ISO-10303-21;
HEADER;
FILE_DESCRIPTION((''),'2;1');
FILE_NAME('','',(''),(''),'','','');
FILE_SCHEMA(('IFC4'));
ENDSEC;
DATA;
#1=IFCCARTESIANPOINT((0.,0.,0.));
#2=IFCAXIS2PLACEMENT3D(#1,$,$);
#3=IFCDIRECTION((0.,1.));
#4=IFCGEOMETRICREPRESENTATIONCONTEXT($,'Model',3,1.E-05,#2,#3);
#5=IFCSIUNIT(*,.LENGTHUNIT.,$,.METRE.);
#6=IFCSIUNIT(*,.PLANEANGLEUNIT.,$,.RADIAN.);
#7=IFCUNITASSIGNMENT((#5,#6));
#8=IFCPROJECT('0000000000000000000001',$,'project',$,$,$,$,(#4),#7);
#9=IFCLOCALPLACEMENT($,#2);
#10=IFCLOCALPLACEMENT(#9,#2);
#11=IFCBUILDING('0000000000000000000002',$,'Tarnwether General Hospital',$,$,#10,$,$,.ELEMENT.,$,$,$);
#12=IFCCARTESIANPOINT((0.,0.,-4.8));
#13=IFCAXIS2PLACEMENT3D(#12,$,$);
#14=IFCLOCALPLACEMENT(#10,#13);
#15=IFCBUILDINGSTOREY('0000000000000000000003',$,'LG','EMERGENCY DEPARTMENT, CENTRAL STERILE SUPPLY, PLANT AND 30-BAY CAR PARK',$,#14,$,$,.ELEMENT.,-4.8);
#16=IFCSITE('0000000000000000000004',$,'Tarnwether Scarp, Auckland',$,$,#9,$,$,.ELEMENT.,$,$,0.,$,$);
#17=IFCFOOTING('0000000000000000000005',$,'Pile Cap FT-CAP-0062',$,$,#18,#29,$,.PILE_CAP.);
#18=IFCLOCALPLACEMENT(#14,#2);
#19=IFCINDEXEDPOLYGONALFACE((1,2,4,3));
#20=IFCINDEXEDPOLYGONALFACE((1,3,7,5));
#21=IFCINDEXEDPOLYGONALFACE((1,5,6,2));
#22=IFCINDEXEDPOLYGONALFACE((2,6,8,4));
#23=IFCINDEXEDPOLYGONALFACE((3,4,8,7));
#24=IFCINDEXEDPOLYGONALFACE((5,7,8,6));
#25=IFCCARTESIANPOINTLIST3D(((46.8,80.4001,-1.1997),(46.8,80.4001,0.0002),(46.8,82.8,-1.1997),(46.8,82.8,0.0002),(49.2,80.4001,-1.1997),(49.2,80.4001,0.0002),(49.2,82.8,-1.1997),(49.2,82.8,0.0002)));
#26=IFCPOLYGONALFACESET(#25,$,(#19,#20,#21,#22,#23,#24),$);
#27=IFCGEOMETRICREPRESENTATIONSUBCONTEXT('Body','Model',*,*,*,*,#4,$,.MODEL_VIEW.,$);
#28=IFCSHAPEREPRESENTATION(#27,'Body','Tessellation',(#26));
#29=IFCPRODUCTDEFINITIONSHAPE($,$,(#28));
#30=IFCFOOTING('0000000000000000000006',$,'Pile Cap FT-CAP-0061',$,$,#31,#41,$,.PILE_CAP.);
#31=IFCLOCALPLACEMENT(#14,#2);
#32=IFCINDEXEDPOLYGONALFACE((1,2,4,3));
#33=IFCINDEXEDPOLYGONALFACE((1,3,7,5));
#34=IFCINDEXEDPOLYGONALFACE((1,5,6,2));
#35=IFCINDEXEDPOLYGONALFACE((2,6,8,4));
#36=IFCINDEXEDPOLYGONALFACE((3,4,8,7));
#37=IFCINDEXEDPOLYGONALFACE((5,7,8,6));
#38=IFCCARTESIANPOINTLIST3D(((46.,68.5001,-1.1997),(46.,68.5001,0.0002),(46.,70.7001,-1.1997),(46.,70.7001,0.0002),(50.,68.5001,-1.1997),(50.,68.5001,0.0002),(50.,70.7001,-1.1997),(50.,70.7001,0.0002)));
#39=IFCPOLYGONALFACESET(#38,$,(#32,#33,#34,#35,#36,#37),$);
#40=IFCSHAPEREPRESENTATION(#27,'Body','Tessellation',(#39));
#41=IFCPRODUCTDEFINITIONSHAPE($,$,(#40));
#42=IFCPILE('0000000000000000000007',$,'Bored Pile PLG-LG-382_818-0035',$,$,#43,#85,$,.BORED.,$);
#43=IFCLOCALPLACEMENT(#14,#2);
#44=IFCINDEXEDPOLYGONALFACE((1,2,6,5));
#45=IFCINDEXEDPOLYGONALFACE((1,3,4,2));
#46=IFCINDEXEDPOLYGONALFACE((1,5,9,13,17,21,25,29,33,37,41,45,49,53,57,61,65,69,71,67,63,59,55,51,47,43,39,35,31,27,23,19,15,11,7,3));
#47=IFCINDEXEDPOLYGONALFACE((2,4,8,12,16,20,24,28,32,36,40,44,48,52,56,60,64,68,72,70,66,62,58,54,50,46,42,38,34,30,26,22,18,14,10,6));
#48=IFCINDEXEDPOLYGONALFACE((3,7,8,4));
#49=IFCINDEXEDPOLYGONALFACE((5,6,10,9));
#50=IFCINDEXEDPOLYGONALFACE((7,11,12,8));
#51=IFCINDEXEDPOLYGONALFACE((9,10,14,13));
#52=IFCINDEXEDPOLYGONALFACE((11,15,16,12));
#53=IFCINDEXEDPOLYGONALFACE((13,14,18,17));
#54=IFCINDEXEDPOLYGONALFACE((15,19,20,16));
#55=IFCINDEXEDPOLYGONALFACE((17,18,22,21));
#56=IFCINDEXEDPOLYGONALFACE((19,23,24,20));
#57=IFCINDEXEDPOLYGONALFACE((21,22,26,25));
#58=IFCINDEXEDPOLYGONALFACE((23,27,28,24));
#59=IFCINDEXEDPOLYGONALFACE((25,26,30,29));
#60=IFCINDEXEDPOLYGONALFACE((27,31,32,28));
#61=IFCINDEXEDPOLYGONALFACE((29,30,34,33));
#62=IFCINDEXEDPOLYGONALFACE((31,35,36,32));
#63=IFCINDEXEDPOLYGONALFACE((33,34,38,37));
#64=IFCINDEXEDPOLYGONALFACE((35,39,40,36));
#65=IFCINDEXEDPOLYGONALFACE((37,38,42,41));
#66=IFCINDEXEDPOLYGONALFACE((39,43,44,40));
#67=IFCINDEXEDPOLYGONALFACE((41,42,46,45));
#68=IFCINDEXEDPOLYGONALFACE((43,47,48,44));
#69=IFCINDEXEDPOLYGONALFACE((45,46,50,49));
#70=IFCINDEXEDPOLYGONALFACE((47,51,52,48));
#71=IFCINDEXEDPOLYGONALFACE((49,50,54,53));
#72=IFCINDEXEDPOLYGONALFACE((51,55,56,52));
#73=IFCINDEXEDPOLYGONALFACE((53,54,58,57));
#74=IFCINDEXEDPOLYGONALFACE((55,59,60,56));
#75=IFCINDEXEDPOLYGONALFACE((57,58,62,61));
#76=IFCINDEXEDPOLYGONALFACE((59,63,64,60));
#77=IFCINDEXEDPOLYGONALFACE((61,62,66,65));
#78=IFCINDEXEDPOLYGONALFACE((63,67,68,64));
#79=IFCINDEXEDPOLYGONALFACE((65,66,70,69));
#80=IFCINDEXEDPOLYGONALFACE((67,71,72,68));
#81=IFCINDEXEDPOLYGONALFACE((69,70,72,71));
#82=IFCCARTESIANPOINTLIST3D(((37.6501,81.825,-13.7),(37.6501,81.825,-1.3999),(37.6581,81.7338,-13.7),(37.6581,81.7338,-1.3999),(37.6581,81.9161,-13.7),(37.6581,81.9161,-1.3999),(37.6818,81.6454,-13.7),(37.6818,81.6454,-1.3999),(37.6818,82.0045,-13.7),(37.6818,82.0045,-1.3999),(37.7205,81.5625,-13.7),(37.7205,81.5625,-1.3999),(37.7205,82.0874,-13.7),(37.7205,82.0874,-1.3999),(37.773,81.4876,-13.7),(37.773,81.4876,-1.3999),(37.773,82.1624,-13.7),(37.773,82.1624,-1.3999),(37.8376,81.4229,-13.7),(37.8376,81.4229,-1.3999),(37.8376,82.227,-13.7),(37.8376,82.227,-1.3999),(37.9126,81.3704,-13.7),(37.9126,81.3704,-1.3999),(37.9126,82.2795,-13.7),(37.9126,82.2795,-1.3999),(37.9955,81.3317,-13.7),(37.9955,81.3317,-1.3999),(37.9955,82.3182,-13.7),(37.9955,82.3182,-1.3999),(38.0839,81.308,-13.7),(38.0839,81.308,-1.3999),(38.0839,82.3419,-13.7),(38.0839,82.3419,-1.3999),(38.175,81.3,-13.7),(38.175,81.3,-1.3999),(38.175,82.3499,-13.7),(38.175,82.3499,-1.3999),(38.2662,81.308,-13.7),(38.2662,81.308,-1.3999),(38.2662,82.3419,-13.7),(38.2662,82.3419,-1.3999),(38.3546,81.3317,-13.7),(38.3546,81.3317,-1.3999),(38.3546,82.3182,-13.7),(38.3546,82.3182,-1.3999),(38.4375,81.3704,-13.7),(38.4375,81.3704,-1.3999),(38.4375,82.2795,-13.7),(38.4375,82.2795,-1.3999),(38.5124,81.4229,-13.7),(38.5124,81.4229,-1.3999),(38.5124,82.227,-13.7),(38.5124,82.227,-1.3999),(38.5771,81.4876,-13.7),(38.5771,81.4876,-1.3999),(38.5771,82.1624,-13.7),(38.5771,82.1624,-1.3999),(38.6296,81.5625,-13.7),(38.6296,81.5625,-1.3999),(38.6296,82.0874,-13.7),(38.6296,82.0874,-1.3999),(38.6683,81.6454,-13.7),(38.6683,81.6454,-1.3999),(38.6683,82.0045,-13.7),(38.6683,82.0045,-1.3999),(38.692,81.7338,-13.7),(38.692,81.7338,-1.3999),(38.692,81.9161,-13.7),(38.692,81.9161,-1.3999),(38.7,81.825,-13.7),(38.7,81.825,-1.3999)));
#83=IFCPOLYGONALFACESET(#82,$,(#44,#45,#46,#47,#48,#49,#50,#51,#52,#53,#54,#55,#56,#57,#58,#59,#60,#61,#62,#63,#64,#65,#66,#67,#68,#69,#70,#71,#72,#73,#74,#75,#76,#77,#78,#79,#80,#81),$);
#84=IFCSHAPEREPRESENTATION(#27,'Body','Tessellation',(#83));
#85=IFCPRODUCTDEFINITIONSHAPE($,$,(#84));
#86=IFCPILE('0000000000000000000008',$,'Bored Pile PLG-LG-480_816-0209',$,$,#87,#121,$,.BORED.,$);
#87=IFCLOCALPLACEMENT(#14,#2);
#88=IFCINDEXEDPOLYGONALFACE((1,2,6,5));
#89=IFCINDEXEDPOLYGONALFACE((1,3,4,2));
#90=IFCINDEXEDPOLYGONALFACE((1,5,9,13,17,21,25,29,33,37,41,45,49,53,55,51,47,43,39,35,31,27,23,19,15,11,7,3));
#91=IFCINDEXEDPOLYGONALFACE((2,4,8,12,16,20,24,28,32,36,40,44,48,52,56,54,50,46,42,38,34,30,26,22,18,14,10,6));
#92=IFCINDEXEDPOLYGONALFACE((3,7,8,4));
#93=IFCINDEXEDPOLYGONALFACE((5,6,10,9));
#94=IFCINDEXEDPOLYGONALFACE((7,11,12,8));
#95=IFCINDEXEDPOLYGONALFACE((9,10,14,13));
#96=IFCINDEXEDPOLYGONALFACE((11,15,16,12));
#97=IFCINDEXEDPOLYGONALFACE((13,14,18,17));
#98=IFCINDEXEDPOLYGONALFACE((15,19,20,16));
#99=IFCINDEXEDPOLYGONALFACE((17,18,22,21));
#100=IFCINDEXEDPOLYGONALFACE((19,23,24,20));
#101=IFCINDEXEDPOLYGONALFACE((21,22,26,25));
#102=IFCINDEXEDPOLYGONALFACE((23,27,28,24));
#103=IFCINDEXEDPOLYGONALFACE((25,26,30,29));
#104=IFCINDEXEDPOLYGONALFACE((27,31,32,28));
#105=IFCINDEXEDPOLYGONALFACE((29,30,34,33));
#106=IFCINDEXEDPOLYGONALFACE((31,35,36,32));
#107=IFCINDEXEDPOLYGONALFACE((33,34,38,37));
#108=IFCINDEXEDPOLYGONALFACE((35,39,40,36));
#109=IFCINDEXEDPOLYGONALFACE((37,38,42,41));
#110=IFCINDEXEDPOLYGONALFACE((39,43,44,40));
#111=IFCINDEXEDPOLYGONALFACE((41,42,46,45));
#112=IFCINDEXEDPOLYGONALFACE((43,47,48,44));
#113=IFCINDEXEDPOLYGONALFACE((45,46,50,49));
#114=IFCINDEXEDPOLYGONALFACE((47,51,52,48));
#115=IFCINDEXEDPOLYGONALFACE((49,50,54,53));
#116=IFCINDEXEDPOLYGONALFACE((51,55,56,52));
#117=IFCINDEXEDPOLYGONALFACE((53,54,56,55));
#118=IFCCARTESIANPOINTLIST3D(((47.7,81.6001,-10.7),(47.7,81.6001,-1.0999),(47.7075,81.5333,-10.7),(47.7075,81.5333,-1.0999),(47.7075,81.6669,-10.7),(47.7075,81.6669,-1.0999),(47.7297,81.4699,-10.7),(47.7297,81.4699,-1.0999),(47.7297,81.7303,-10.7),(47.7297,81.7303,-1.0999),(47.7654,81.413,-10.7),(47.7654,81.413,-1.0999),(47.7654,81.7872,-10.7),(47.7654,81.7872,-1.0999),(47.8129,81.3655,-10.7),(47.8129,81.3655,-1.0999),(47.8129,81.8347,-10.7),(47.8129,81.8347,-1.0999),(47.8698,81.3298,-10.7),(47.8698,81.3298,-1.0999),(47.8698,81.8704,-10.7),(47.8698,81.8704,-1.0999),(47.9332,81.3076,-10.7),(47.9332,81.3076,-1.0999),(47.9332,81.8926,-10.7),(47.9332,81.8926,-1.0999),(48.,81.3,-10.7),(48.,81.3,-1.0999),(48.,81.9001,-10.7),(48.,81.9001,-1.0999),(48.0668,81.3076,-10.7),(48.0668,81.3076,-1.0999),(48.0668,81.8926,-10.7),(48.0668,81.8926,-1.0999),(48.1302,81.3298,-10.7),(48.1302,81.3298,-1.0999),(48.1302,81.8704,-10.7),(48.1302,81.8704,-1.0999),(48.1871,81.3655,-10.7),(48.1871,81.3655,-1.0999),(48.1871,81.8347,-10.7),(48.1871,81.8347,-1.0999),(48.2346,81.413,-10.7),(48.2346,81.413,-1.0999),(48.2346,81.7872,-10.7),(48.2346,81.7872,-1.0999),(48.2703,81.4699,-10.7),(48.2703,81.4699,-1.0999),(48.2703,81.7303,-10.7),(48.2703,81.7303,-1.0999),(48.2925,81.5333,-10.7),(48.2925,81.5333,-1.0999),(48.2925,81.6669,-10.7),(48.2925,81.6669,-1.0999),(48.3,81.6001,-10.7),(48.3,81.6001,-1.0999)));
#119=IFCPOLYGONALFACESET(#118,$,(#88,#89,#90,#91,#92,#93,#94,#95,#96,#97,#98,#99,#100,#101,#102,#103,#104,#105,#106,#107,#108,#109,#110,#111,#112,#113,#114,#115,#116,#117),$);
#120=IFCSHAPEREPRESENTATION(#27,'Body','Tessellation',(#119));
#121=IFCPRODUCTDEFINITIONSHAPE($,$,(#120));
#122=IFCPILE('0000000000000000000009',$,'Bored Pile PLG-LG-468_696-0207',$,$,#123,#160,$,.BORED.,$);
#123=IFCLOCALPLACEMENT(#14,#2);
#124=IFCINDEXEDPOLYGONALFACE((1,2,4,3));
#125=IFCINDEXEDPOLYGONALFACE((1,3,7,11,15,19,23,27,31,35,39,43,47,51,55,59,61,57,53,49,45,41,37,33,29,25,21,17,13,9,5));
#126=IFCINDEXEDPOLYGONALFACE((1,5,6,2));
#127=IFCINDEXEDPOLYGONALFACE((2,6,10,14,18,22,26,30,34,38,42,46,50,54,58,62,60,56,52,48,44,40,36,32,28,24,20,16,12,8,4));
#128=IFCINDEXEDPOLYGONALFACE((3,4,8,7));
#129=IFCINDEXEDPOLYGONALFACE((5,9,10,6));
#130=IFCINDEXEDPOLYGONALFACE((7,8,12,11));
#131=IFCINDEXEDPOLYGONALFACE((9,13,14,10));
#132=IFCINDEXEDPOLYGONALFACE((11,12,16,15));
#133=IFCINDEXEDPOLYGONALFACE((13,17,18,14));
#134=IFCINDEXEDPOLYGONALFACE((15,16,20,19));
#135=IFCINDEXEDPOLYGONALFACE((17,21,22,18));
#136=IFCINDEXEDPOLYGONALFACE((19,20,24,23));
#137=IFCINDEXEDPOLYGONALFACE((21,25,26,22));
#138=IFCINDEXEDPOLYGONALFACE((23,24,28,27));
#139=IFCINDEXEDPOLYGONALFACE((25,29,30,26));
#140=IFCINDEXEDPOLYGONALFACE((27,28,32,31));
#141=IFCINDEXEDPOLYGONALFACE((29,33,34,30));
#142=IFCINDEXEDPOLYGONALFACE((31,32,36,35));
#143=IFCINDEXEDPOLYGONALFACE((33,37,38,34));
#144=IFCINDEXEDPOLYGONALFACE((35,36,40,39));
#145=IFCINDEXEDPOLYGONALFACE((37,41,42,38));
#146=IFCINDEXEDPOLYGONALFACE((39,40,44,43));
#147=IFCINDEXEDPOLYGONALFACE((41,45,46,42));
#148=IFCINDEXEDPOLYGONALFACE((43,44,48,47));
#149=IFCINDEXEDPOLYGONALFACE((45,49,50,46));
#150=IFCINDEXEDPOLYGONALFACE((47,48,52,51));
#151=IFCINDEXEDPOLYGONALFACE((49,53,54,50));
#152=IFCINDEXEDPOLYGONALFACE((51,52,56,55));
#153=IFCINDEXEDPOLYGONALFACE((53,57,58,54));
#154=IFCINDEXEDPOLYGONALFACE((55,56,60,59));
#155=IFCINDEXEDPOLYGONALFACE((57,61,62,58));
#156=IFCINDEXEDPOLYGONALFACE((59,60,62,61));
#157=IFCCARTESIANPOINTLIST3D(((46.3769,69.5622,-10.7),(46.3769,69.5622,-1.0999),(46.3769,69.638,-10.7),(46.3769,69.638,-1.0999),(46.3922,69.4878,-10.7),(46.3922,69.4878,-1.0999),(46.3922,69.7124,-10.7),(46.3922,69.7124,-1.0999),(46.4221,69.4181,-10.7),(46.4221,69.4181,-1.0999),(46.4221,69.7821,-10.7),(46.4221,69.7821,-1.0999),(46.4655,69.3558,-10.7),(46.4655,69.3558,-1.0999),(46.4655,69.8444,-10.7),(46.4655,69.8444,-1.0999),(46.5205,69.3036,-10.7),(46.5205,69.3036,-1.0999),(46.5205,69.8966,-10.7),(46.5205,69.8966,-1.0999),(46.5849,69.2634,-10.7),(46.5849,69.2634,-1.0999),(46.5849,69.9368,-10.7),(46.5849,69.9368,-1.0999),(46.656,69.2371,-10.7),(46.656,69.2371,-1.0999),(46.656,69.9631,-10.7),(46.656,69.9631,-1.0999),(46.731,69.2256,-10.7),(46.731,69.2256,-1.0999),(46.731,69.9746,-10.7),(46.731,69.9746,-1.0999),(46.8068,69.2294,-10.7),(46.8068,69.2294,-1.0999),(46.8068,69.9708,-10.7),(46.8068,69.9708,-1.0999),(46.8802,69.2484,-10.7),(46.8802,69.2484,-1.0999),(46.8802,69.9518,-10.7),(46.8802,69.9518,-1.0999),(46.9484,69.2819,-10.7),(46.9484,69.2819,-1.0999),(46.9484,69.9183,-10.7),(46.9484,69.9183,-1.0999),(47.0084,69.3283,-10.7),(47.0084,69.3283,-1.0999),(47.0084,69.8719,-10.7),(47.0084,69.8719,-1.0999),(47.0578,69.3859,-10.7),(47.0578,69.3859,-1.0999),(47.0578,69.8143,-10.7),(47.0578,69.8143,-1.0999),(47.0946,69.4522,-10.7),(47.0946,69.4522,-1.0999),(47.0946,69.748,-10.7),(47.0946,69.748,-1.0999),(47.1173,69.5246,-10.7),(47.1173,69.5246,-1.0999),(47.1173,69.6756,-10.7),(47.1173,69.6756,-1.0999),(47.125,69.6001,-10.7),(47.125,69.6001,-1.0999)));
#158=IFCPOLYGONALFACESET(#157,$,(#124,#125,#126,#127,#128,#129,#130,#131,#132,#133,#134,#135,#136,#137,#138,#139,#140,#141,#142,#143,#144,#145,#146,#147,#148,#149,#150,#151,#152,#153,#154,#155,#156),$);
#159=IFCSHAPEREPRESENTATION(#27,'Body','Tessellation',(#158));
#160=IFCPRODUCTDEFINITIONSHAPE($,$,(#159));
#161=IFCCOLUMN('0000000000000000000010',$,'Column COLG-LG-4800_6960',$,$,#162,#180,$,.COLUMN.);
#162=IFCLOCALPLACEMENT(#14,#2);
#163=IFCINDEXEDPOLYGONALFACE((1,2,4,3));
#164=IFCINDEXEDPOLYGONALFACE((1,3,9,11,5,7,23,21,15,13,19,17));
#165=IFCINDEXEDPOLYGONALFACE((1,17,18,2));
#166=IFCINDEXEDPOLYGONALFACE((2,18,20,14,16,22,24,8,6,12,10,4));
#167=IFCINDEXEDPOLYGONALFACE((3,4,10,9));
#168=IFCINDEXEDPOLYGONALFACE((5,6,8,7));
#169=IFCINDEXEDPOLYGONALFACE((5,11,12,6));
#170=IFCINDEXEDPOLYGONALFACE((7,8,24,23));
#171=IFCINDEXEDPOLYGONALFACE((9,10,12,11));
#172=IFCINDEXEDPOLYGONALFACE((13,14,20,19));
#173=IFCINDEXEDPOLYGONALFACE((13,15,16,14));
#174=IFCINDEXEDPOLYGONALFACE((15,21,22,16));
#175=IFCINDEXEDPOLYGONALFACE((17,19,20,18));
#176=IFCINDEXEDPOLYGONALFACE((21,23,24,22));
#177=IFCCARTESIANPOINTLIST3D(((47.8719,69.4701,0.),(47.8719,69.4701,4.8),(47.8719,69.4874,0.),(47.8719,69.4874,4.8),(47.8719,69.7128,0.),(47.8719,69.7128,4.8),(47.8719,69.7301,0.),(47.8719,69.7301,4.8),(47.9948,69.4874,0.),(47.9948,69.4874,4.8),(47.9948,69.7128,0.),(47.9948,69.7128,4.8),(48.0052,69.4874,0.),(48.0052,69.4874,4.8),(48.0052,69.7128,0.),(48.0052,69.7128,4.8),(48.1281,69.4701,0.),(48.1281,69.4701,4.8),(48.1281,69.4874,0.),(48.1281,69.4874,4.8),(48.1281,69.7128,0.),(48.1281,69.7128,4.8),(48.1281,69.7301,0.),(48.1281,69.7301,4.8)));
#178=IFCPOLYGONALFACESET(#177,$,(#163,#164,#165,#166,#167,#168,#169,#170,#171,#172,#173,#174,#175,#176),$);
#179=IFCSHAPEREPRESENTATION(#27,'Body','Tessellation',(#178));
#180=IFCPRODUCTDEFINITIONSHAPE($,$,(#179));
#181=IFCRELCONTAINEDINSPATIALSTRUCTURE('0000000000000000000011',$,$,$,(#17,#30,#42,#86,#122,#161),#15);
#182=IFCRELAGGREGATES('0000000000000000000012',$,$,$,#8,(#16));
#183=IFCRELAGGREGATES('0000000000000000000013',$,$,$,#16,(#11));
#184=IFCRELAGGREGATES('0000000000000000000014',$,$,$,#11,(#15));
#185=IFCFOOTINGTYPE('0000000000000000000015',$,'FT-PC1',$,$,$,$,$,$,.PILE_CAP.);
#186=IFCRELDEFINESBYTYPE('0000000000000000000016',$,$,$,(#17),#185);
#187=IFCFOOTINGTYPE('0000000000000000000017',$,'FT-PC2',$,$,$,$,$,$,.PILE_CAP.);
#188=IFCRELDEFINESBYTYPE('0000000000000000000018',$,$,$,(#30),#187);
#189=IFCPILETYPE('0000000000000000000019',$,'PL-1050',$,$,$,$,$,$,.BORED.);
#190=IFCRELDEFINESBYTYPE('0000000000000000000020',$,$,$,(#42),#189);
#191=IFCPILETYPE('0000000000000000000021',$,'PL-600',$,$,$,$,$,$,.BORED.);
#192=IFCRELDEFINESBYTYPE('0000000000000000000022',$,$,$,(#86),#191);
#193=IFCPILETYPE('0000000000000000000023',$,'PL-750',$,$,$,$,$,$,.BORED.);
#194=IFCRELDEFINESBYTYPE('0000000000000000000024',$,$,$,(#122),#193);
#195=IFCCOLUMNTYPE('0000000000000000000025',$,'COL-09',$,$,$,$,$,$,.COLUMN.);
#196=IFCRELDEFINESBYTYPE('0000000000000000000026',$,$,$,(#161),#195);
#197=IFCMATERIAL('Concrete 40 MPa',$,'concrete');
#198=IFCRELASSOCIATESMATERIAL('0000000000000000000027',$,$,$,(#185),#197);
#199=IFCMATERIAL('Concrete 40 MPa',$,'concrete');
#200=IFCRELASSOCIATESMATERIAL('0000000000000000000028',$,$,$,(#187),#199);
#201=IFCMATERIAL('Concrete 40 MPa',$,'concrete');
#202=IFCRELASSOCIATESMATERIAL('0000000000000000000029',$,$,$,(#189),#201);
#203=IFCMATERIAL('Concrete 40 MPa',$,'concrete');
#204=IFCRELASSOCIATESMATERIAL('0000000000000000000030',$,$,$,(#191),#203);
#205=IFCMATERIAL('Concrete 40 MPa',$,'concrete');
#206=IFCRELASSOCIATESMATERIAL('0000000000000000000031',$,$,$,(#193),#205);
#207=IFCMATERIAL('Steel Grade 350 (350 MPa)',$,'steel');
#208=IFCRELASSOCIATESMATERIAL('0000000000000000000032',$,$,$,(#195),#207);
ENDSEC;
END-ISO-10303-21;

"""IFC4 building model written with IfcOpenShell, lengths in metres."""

from ifc_helpers import new_model, si_unit, direction, frame, origin, origin_2d, place, context, subcontext, project, spatial, rectangle, circle, i_section, extrude, material, material_profile, profile_set, type_object, element, save


model = new_model("IFC4")

# Units and contexts
model_context = context("Model", 3, precision=1e-05, world=origin(), true_north=direction((0.0, 1.0)))
body_context = subcontext(model_context, "Body", "Model", "MODEL_VIEW")
ifc_project = project(units=[si_unit("LENGTHUNIT", "METRE"), si_unit("PLANEANGLEUNIT", "RADIAN")], contexts=[model_context])

# Site, building, storey
site_placement = place(None, origin())
site = spatial("IfcSite", under=ifc_project, at=site_placement, Name="Tarnwether Scarp, Auckland", CompositionType="ELEMENT", RefElevation=0.0)
building_placement = place(site_placement, origin())
building = spatial("IfcBuilding", under=site, at=building_placement, Name="Tarnwether General Hospital", CompositionType="ELEMENT")
storey_placement = place(building_placement, frame((0.0, 0.0, -4.8)))
storey = spatial("IfcBuildingStorey", under=building, at=storey_placement, Name="LG", Description="EMERGENCY DEPARTMENT, CENTRAL STERILE SUPPLY, PLANT AND 30-BAY CAR PARK", CompositionType="ELEMENT", Elevation=-4.8)

# Footings
ifc_material_1 = material(Name="Concrete 40 MPa", Category="concrete")
footing_type_1 = type_object("IfcFootingType", Name="FT-PC1", PredefinedType="PILE_CAP", material=ifc_material_1)
footing_1_placement = place(storey_placement, frame((48.0, 81.6001, -1.1997), z_axis=(0.0, 0.0, 1.0), x_axis=(1.0, 0.0, 0.0)))
element("IfcFooting", 1, at=footing_1_placement, inside=storey, type_object=footing_type_1, Name="Pile Cap FT-CAP-0062", PredefinedType="PILE_CAP", context=body_context, shape_type="SweptSolid", body=[
    extrude(rectangle(XDim=2.3999, YDim=2.3999, at=origin_2d()), origin(), (0.0, 0.0, 1.0), 1.2),
])
ifc_material_2 = material(Name="Concrete 40 MPa", Category="concrete")
footing_type_2 = type_object("IfcFootingType", Name="FT-PC2", PredefinedType="PILE_CAP", material=ifc_material_2)
footing_2_placement = place(storey_placement, frame((48.0, 69.6001, -1.1997), z_axis=(0.0, 0.0, 1.0), x_axis=(1.0, 0.0, 0.0)))
element("IfcFooting", 2, at=footing_2_placement, inside=storey, type_object=footing_type_2, Name="Pile Cap FT-CAP-0061", PredefinedType="PILE_CAP", context=body_context, shape_type="SweptSolid", body=[
    extrude(rectangle(XDim=4.0, YDim=2.2, at=origin_2d()), origin(), (0.0, 0.0, 1.0), 1.2),
])

# Piles
ifc_material_3 = material(Name="Concrete 40 MPa", Category="concrete")
ifc_material_profile_1 = material_profile(ifc_material_3, circle(Radius=0.5249, at=origin_2d()), Name="PILE-D1050")
ifc_profile_set_1 = profile_set([ifc_material_profile_1], Name="Concrete 40 MPa")
pile_type_1 = type_object("IfcPileType", Name="PL-1050", PredefinedType="BORED", material=ifc_profile_set_1)
pile_1_placement = place(storey_placement, frame((38.175, 81.825, -1.3999), z_axis=(0.0, 0.0, -1.0), x_axis=(1.0, 0.0, 0.0)))
element("IfcPile", 3, at=pile_1_placement, inside=storey, type_object=pile_type_1, Name="Bored Pile PLG-LG-382_818-0035", PredefinedType="BORED", context=body_context, shape_type="SweptSolid", body=[
    extrude(circle(Radius=0.5249, at=origin_2d()), origin(), (0.0, 0.0, 1.0), 12.3),
])
ifc_material_4 = material(Name="Concrete 40 MPa", Category="concrete")
ifc_material_profile_2 = material_profile(ifc_material_4, circle(Radius=0.3, at=origin_2d()), Name="PILE-D600")
ifc_profile_set_2 = profile_set([ifc_material_profile_2], Name="Concrete 40 MPa")
pile_type_2 = type_object("IfcPileType", Name="PL-600", PredefinedType="BORED", material=ifc_profile_set_2)
pile_2_placement = place(storey_placement, frame((48.0, 81.6001, -1.0999), z_axis=(0.0, 0.0, -1.0), x_axis=(1.0, 0.0, 0.0)))
element("IfcPile", 4, at=pile_2_placement, inside=storey, type_object=pile_type_2, Name="Bored Pile PLG-LG-480_816-0209", PredefinedType="BORED", context=body_context, shape_type="SweptSolid", body=[
    extrude(circle(Radius=0.3, at=origin_2d()), origin(), (0.0, 0.0, 1.0), 9.6001),
])
ifc_material_5 = material(Name="Concrete 40 MPa", Category="concrete")
ifc_material_profile_3 = material_profile(ifc_material_5, circle(Radius=0.375, at=origin_2d()), Name="PILE-D750")
ifc_profile_set_3 = profile_set([ifc_material_profile_3], Name="Concrete 40 MPa")
pile_type_3 = type_object("IfcPileType", Name="PL-750", PredefinedType="BORED", material=ifc_profile_set_3)
pile_3_placement = place(storey_placement, frame((46.75, 69.6001, -1.0999), z_axis=(0.0, 0.0, -1.0), x_axis=(1.0, 0.0, 0.0)))
element("IfcPile", 5, at=pile_3_placement, inside=storey, type_object=pile_type_3, Name="Bored Pile PLG-LG-468_696-0207", PredefinedType="BORED", context=body_context, shape_type="SweptSolid", body=[
    extrude(circle(Radius=0.375, at=origin_2d()), origin(), (0.0, 0.0, 1.0), 9.6001),
])

# Column
ifc_material_6 = material(Name="Steel Grade 350 (350 MPa)", Category="steel")
ifc_material_profile_4 = material_profile(ifc_material_6, i_section(OverallWidth=0.2561, OverallDepth=0.26, WebThickness=0.0105, FlangeThickness=0.0173, at=origin_2d()), Name="250UC89.5")
ifc_profile_set_4 = profile_set([ifc_material_profile_4], Name="Steel Grade 350 (350 MPa)")
column_type_1 = type_object("IfcColumnType", Name="COL-09", PredefinedType="COLUMN", material=ifc_profile_set_4)
column_1_placement = place(storey_placement, frame((48.0, 69.6001, 0.0), z_axis=(0.0, 0.0, 1.0), x_axis=(1.0, 0.0, 0.0)))
element("IfcColumn", 6, at=column_1_placement, inside=storey, type_object=column_type_1, Name="Column COLG-LG-4800_6960", PredefinedType="COLUMN", context=body_context, shape_type="SweptSolid", body=[
    extrude(i_section(OverallWidth=0.2561, OverallDepth=0.26, WebThickness=0.0105, FlangeThickness=0.0173, at=origin_2d()), origin(), (0.0, 0.0, 1.0), 4.8),
])

save(model, "model.ifc")
